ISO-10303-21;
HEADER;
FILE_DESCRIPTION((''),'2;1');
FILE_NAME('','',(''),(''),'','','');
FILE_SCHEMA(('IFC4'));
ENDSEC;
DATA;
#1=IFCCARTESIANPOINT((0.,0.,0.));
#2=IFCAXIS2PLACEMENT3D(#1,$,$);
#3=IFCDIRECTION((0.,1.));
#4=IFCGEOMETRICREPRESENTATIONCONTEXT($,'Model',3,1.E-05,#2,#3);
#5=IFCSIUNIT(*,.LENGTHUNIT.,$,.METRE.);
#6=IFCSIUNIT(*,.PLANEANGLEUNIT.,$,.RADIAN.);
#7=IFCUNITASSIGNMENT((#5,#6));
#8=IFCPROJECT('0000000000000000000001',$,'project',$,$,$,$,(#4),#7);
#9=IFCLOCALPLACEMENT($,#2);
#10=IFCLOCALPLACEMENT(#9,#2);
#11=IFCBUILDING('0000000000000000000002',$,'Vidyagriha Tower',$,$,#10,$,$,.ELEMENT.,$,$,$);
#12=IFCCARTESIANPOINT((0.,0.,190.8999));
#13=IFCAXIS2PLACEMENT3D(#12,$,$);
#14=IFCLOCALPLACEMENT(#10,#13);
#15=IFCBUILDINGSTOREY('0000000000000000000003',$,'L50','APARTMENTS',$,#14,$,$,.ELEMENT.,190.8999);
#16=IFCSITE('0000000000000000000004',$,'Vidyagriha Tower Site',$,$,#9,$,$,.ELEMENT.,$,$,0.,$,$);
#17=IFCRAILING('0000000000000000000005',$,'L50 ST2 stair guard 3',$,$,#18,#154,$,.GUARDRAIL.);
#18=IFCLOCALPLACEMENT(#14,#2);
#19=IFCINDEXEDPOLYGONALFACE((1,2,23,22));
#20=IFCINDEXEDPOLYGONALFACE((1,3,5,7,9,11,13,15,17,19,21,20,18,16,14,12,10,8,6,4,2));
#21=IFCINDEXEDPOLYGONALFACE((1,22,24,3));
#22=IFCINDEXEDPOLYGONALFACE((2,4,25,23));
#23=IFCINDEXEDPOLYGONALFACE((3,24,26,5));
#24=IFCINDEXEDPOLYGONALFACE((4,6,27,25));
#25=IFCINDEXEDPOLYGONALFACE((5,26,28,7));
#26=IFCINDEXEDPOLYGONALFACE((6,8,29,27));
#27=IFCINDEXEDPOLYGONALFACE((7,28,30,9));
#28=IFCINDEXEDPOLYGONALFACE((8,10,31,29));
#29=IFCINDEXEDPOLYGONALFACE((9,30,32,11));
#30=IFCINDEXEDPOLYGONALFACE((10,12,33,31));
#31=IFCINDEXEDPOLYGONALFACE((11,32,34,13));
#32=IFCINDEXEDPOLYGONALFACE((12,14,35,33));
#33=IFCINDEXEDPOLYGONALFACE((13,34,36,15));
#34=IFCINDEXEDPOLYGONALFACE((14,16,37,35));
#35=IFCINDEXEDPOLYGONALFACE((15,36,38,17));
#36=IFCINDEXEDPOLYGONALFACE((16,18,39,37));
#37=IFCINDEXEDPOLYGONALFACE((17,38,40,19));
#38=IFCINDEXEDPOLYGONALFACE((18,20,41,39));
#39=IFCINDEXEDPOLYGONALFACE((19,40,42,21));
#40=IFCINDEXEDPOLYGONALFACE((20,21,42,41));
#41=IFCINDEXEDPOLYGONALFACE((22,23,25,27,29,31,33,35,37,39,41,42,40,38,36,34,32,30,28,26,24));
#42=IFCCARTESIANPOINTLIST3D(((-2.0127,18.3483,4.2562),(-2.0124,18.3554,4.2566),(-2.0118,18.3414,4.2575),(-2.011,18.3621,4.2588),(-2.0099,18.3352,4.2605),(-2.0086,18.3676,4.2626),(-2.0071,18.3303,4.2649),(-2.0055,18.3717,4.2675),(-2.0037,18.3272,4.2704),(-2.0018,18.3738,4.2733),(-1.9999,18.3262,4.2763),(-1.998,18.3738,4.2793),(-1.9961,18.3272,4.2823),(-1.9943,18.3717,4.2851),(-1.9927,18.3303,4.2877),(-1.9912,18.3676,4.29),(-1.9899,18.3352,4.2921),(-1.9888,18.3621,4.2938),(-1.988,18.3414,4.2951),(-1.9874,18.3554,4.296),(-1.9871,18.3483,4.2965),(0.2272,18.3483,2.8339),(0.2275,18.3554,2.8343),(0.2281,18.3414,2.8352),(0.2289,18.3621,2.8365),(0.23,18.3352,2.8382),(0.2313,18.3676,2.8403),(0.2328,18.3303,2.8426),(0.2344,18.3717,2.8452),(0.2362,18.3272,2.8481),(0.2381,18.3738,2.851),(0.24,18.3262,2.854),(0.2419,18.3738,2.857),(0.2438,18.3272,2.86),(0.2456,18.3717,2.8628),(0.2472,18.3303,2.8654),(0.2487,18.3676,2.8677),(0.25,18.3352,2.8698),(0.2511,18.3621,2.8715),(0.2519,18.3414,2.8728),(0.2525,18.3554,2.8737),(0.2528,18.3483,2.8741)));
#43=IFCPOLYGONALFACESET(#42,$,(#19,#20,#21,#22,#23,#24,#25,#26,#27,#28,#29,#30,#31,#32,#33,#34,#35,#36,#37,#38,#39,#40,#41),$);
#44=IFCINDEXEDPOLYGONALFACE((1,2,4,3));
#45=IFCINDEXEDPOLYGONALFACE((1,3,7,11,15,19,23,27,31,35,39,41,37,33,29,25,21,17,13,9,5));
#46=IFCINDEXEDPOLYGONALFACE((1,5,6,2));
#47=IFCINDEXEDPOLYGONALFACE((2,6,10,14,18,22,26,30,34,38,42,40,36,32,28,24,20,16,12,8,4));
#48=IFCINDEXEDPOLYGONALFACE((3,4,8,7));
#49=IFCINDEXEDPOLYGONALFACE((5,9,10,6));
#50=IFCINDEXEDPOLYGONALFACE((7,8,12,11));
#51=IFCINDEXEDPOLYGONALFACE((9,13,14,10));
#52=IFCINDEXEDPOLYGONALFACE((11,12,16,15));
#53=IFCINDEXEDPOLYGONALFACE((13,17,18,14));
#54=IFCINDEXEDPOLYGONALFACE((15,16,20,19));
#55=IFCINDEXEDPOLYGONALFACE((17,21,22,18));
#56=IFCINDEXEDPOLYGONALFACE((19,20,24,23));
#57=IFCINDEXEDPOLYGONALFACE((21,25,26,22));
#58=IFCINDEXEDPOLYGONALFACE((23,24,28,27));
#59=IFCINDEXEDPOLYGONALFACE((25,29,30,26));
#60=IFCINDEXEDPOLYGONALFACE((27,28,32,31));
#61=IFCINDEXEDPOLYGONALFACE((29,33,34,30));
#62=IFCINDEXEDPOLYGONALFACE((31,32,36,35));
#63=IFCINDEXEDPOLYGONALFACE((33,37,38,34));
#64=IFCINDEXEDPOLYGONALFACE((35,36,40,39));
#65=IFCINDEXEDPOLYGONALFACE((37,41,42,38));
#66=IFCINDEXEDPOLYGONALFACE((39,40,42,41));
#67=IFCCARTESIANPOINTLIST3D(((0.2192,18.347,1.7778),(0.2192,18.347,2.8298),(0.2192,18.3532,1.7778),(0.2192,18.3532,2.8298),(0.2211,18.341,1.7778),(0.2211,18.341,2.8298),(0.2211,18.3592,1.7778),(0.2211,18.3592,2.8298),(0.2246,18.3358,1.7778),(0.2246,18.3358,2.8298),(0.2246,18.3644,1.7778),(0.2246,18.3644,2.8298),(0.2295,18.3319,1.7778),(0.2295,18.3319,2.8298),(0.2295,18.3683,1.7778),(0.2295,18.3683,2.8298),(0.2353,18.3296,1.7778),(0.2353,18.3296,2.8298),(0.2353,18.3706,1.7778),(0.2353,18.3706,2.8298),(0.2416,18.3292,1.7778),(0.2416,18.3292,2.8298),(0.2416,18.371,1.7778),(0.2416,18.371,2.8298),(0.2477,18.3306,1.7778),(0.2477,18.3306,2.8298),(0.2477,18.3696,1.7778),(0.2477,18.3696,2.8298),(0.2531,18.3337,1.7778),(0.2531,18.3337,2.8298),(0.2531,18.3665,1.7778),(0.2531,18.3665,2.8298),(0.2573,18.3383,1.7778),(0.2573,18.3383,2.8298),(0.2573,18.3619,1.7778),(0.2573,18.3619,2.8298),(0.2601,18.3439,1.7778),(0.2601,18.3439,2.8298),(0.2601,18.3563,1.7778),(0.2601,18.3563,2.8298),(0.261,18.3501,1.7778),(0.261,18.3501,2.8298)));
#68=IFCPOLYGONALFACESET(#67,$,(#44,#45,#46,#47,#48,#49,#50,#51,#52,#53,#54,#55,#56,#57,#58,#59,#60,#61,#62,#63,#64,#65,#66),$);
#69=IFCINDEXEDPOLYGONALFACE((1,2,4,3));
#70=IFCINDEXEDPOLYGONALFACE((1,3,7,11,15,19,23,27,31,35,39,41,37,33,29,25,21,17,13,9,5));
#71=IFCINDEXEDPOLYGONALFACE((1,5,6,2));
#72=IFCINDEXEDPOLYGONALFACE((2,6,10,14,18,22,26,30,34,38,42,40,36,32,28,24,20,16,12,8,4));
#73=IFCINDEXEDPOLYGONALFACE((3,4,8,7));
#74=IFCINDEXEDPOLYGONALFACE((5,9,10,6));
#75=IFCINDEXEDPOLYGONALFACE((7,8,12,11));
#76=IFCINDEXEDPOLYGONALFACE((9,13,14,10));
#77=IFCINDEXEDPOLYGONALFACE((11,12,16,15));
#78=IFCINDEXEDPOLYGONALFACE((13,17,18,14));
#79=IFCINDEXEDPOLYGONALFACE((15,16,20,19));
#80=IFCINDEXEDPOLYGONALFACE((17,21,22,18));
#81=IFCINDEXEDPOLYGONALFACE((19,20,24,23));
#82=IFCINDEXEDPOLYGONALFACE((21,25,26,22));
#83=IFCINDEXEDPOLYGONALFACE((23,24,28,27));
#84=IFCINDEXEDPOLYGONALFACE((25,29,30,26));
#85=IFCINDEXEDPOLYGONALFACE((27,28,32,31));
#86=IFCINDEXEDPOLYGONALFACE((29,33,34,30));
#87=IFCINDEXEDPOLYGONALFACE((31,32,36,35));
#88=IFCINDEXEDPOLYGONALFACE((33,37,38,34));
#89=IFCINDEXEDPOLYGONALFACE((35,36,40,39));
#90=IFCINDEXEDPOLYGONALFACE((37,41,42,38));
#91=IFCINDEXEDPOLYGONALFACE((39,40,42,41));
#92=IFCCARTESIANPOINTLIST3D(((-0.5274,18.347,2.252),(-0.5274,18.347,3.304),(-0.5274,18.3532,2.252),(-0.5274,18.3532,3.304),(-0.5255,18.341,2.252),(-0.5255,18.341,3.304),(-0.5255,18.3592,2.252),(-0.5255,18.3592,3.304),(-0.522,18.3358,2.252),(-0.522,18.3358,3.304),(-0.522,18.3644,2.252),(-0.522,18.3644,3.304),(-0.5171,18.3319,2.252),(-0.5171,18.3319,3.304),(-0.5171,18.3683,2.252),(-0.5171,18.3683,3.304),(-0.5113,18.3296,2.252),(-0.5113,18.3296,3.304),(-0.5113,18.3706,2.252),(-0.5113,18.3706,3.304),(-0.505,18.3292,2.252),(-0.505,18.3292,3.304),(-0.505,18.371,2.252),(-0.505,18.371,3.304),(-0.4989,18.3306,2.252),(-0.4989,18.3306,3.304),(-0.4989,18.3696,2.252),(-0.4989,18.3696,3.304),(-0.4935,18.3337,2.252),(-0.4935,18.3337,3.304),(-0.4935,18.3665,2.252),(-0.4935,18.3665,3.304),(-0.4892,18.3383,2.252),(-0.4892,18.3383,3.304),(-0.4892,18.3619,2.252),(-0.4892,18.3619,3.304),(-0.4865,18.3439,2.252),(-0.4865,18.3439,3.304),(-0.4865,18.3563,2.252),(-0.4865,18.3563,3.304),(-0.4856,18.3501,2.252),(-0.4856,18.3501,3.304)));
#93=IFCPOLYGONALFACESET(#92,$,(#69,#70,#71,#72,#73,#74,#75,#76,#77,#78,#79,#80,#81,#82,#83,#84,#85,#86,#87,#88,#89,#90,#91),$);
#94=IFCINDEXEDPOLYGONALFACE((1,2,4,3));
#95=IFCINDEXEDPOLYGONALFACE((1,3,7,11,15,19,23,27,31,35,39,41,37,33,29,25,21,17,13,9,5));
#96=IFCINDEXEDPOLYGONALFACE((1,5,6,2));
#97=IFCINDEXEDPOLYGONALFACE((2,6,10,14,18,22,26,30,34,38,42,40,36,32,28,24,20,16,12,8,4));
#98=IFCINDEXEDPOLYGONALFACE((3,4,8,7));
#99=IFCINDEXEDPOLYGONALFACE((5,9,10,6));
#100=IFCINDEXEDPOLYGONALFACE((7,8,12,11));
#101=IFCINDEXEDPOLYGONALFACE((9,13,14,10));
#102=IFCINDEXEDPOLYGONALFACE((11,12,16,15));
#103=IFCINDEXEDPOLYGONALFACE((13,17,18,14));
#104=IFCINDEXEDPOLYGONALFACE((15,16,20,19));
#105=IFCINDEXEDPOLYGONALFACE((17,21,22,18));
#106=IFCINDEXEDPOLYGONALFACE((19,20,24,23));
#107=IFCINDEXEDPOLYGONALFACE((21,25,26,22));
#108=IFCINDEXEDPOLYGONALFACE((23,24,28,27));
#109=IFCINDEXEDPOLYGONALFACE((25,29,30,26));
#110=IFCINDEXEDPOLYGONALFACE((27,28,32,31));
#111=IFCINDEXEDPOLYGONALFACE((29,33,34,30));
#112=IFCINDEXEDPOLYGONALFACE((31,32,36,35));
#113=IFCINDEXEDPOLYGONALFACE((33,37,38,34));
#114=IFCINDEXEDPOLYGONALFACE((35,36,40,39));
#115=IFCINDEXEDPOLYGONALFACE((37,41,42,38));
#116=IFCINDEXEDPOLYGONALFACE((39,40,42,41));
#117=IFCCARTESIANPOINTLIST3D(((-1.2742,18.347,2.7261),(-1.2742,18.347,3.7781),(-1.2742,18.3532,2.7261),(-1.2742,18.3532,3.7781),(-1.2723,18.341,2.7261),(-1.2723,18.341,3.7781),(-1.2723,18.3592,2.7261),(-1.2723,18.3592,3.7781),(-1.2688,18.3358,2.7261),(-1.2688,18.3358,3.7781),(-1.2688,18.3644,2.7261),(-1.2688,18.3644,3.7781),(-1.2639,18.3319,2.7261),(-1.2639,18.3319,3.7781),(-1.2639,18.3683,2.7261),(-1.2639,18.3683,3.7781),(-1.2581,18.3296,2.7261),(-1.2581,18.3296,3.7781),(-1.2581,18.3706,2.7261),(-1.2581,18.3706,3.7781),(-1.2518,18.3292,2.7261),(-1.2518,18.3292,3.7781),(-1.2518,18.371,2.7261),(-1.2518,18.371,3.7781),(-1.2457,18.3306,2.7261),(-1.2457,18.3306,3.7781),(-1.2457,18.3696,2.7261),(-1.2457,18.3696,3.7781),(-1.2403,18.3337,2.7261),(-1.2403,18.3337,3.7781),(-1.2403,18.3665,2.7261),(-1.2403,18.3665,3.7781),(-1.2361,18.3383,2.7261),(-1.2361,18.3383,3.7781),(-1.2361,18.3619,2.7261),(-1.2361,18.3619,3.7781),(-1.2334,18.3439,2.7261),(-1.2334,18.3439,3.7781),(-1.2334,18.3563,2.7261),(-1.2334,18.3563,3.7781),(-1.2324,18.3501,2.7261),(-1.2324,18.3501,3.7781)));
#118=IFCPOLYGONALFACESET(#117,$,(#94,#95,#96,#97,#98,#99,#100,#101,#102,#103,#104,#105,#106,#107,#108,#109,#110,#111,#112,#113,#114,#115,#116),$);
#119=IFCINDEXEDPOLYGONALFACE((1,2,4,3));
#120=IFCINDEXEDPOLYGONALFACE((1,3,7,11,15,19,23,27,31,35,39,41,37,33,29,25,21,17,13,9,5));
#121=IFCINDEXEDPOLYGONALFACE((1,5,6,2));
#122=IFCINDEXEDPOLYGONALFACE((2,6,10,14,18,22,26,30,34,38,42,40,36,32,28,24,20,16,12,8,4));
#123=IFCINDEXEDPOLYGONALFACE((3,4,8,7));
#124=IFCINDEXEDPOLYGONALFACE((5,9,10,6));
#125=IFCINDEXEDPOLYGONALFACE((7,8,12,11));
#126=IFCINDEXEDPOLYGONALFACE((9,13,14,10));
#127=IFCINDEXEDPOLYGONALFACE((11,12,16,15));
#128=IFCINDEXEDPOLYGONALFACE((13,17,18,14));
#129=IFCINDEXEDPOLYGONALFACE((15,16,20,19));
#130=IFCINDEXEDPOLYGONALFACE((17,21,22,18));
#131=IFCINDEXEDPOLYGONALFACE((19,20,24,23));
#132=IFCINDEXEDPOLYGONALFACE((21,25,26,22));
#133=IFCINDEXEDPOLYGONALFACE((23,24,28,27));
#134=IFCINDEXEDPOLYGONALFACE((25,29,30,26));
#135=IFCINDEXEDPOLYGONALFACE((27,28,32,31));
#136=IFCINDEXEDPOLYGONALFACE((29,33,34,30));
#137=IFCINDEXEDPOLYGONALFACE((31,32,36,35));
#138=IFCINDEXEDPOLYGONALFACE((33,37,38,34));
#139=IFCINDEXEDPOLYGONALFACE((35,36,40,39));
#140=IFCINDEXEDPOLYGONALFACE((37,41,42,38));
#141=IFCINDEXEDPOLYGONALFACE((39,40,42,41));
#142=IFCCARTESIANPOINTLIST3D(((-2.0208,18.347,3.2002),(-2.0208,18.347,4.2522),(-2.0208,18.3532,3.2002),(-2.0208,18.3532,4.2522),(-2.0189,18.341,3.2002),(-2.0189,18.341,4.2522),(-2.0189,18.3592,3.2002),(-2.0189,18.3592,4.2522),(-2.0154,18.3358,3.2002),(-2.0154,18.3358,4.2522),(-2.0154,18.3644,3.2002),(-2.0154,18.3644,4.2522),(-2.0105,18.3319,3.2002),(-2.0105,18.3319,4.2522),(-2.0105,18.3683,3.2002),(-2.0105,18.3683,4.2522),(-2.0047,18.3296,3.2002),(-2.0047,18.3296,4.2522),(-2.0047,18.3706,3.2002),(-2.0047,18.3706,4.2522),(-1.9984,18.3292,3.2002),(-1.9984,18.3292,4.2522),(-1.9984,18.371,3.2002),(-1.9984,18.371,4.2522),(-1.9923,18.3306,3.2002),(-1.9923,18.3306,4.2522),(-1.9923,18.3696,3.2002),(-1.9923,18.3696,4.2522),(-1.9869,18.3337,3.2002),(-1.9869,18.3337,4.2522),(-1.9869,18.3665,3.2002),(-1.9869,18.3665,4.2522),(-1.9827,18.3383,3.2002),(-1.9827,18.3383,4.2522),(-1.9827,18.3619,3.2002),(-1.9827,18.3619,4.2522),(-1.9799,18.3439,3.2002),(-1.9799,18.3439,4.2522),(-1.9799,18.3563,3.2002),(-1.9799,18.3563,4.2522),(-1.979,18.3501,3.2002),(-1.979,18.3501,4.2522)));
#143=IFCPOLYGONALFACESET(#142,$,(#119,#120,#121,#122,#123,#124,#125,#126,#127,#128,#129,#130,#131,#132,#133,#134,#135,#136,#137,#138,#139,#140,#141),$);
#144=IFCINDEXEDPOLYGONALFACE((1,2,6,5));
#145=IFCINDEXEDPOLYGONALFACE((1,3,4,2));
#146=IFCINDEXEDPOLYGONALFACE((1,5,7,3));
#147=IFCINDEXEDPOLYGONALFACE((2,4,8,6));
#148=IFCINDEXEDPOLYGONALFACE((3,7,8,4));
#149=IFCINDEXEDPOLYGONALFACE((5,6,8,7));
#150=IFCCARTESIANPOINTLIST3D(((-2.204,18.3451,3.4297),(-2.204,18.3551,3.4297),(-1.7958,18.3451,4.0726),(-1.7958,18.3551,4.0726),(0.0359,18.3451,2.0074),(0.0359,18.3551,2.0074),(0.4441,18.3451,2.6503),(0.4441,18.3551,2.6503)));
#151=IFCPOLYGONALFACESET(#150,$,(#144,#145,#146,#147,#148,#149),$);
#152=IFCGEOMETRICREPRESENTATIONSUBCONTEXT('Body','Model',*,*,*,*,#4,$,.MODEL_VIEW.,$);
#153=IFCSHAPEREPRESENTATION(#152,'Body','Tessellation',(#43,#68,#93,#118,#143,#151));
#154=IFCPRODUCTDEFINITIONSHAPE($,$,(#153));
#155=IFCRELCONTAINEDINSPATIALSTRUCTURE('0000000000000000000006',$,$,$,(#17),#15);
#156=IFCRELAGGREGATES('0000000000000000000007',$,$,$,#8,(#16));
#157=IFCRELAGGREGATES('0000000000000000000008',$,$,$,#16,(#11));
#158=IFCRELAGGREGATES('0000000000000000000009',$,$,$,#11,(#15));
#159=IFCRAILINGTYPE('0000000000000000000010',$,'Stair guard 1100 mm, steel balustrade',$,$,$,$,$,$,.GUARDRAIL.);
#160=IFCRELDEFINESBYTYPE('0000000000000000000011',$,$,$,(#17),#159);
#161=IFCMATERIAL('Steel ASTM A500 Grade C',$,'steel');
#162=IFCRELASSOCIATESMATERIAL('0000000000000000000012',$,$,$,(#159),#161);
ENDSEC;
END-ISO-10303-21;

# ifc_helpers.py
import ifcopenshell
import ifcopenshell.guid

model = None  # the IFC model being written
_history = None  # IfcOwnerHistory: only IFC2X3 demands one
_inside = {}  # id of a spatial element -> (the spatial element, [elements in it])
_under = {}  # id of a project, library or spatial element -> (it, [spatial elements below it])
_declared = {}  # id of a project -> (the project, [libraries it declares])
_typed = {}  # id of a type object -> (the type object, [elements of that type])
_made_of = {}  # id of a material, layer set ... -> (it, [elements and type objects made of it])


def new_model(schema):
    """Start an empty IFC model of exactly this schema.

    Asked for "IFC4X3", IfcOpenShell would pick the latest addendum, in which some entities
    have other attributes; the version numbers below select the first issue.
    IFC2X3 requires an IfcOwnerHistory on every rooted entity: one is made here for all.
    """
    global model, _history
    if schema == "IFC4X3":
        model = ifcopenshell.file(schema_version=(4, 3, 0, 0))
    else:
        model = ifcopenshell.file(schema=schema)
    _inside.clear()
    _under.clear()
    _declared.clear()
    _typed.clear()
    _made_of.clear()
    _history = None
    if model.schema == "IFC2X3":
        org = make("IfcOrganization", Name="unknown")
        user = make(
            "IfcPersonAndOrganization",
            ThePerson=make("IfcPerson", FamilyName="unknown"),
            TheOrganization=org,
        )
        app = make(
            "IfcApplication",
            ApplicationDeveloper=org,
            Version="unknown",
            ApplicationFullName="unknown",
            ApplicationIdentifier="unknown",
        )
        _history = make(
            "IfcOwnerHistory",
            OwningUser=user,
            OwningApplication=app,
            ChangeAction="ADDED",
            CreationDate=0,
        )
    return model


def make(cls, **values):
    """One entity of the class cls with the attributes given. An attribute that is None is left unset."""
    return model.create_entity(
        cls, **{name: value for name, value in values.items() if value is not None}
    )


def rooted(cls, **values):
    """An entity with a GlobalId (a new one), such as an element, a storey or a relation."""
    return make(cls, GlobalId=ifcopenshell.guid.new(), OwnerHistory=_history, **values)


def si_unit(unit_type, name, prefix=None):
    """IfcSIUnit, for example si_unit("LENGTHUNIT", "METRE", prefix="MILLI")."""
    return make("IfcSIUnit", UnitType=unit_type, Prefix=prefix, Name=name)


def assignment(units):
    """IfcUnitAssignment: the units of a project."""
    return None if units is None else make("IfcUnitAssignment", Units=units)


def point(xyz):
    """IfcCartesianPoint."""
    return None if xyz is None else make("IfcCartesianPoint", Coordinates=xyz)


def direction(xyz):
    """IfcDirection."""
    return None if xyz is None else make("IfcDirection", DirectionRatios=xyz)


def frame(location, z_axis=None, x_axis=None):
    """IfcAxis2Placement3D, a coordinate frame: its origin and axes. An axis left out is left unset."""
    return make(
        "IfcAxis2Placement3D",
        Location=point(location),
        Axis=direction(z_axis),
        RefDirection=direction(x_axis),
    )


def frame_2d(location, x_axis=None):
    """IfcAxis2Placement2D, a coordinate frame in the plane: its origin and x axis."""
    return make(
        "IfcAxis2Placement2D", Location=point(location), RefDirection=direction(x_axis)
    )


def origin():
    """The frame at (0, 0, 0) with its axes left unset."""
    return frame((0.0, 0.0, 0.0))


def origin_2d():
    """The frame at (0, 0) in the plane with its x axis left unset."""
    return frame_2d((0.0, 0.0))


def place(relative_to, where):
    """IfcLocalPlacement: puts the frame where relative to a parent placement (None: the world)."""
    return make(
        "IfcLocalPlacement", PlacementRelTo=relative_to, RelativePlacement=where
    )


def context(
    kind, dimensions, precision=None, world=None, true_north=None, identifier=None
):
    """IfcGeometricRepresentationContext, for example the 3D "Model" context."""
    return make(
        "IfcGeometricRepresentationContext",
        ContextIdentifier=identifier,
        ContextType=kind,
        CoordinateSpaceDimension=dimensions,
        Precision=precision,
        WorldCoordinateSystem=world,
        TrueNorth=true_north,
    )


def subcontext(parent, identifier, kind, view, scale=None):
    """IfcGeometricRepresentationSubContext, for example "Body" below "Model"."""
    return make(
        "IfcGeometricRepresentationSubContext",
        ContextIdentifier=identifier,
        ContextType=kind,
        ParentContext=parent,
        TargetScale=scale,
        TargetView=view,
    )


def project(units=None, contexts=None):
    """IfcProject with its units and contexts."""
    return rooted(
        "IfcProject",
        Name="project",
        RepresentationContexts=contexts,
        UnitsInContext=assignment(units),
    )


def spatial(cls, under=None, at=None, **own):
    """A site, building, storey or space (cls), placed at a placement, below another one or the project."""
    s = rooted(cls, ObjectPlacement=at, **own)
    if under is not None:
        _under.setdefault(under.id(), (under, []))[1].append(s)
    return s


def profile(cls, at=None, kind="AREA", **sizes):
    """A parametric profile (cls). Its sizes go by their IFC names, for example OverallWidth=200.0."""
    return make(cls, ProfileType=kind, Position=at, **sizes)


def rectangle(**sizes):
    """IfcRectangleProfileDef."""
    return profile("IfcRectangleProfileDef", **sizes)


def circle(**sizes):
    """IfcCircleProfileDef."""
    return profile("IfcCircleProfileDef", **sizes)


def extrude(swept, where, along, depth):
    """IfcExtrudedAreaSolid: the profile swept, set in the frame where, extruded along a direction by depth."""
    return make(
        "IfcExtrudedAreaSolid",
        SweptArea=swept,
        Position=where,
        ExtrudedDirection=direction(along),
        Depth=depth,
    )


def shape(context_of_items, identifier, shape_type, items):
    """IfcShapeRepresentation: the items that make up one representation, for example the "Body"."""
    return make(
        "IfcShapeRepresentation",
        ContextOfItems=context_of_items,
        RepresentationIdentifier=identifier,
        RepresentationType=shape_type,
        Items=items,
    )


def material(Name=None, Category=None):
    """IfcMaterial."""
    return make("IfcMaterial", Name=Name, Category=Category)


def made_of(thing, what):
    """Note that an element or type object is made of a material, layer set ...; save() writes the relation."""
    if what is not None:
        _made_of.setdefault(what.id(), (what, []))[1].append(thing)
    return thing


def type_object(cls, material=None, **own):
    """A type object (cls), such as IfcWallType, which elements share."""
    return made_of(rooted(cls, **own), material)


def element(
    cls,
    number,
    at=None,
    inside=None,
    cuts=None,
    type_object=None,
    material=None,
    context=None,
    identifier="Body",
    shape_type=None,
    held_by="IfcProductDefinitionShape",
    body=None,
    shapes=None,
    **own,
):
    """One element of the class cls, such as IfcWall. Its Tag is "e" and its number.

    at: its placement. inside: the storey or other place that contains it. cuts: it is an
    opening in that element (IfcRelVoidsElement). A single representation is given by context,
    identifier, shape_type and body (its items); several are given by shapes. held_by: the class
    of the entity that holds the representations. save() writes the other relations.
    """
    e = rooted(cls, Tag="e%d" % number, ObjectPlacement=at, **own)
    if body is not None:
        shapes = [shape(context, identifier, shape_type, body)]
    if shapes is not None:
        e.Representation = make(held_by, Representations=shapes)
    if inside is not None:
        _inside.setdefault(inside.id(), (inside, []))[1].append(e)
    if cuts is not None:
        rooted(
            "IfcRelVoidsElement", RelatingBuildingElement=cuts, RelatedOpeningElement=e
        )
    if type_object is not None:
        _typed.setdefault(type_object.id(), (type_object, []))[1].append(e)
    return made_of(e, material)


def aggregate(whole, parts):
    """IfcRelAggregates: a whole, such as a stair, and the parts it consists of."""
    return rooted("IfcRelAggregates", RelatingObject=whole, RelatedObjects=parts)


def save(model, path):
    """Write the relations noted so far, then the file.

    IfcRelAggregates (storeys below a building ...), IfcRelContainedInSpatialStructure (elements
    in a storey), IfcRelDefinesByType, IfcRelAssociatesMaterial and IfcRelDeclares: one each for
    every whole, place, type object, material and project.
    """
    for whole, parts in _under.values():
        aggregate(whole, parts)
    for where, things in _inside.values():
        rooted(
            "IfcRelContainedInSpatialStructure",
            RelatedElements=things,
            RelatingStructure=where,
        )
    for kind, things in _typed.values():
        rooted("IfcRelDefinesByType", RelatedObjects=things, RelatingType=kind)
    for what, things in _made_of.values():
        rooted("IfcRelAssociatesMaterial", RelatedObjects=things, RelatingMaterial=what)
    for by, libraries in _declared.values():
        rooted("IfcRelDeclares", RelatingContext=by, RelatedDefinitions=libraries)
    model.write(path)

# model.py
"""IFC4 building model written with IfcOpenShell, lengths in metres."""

from ifc_helpers import new_model, si_unit, direction, frame, origin, origin_2d, place, context, subcontext, project, spatial, rectangle, circle, extrude, material, type_object, element, save


model = new_model("IFC4")

# Units and contexts
model_context = context("Model", 3, precision=1e-05, world=origin(), true_north=direction((0.0, 1.0)))
body_context = subcontext(model_context, "Body", "Model", "MODEL_VIEW")
ifc_project = project(units=[si_unit("LENGTHUNIT", "METRE"), si_unit("PLANEANGLEUNIT", "RADIAN")], contexts=[model_context])

# Site, building, storey
site_placement = place(None, origin())
site = spatial("IfcSite", under=ifc_project, at=site_placement, Name="Vidyagriha Tower Site", CompositionType="ELEMENT", RefElevation=0.0)
building_placement = place(site_placement, origin())
building = spatial("IfcBuilding", under=site, at=building_placement, Name="Vidyagriha Tower", CompositionType="ELEMENT")
storey_placement = place(building_placement, frame((0.0, 0.0, 190.8999)))
storey = spatial("IfcBuildingStorey", under=building, at=storey_placement, Name="L50", Description="APARTMENTS", CompositionType="ELEMENT", Elevation=190.8999)

# Railing
ifc_material_1 = material(Name="Steel ASTM A500 Grade C", Category="steel")
railing_type_1 = type_object("IfcRailingType", Name="Stair guard 1100 mm, steel balustrade", PredefinedType="GUARDRAIL", material=ifc_material_1)
railing_1_placement = place(storey_placement, frame((0.24, 18.3501, 1.7778)))
element("IfcRailing", 1, at=railing_1_placement, inside=storey, type_object=railing_type_1, Name="L50 ST2 stair guard 3", PredefinedType="GUARDRAIL", context=body_context, shape_type="SweptSolid", body=[
    extrude(circle(Radius=0.0239, at=origin_2d()), frame((0.0, 0.0, 1.0762), z_axis=(-0.844188, 0.0, 0.536048), x_axis=(0.0, -1.0, 0.0)), (0.0, 0.0, 1.0), 2.6533),
    extrude(circle(Radius=0.021, at=origin_2d()), origin(), (0.0, 0.0, 1.0), 1.052),
    extrude(circle(Radius=0.021, at=origin_2d()), frame((-0.7466, 0.0, 0.4741)), (0.0, 0.0, 1.0), 1.052),
    extrude(circle(Radius=0.021, at=origin_2d()), frame((-1.4934, 0.0, 0.9482)), (0.0, 0.0, 1.0), 1.052),
    extrude(circle(Radius=0.021, at=origin_2d()), frame((-2.24, 0.0, 1.4224)), (0.0, 0.0, 1.0), 1.052),
    extrude(rectangle(XDim=0.01, YDim=0.7615, at=origin_2d()), frame((0.0, 0.0, 0.551), z_axis=(-0.844188, 0.0, 0.536048), x_axis=(0.0, -1.0, 0.0)), (0.0, 0.0, 1.0), 2.6533),
])

save(model, "model.ifc")
